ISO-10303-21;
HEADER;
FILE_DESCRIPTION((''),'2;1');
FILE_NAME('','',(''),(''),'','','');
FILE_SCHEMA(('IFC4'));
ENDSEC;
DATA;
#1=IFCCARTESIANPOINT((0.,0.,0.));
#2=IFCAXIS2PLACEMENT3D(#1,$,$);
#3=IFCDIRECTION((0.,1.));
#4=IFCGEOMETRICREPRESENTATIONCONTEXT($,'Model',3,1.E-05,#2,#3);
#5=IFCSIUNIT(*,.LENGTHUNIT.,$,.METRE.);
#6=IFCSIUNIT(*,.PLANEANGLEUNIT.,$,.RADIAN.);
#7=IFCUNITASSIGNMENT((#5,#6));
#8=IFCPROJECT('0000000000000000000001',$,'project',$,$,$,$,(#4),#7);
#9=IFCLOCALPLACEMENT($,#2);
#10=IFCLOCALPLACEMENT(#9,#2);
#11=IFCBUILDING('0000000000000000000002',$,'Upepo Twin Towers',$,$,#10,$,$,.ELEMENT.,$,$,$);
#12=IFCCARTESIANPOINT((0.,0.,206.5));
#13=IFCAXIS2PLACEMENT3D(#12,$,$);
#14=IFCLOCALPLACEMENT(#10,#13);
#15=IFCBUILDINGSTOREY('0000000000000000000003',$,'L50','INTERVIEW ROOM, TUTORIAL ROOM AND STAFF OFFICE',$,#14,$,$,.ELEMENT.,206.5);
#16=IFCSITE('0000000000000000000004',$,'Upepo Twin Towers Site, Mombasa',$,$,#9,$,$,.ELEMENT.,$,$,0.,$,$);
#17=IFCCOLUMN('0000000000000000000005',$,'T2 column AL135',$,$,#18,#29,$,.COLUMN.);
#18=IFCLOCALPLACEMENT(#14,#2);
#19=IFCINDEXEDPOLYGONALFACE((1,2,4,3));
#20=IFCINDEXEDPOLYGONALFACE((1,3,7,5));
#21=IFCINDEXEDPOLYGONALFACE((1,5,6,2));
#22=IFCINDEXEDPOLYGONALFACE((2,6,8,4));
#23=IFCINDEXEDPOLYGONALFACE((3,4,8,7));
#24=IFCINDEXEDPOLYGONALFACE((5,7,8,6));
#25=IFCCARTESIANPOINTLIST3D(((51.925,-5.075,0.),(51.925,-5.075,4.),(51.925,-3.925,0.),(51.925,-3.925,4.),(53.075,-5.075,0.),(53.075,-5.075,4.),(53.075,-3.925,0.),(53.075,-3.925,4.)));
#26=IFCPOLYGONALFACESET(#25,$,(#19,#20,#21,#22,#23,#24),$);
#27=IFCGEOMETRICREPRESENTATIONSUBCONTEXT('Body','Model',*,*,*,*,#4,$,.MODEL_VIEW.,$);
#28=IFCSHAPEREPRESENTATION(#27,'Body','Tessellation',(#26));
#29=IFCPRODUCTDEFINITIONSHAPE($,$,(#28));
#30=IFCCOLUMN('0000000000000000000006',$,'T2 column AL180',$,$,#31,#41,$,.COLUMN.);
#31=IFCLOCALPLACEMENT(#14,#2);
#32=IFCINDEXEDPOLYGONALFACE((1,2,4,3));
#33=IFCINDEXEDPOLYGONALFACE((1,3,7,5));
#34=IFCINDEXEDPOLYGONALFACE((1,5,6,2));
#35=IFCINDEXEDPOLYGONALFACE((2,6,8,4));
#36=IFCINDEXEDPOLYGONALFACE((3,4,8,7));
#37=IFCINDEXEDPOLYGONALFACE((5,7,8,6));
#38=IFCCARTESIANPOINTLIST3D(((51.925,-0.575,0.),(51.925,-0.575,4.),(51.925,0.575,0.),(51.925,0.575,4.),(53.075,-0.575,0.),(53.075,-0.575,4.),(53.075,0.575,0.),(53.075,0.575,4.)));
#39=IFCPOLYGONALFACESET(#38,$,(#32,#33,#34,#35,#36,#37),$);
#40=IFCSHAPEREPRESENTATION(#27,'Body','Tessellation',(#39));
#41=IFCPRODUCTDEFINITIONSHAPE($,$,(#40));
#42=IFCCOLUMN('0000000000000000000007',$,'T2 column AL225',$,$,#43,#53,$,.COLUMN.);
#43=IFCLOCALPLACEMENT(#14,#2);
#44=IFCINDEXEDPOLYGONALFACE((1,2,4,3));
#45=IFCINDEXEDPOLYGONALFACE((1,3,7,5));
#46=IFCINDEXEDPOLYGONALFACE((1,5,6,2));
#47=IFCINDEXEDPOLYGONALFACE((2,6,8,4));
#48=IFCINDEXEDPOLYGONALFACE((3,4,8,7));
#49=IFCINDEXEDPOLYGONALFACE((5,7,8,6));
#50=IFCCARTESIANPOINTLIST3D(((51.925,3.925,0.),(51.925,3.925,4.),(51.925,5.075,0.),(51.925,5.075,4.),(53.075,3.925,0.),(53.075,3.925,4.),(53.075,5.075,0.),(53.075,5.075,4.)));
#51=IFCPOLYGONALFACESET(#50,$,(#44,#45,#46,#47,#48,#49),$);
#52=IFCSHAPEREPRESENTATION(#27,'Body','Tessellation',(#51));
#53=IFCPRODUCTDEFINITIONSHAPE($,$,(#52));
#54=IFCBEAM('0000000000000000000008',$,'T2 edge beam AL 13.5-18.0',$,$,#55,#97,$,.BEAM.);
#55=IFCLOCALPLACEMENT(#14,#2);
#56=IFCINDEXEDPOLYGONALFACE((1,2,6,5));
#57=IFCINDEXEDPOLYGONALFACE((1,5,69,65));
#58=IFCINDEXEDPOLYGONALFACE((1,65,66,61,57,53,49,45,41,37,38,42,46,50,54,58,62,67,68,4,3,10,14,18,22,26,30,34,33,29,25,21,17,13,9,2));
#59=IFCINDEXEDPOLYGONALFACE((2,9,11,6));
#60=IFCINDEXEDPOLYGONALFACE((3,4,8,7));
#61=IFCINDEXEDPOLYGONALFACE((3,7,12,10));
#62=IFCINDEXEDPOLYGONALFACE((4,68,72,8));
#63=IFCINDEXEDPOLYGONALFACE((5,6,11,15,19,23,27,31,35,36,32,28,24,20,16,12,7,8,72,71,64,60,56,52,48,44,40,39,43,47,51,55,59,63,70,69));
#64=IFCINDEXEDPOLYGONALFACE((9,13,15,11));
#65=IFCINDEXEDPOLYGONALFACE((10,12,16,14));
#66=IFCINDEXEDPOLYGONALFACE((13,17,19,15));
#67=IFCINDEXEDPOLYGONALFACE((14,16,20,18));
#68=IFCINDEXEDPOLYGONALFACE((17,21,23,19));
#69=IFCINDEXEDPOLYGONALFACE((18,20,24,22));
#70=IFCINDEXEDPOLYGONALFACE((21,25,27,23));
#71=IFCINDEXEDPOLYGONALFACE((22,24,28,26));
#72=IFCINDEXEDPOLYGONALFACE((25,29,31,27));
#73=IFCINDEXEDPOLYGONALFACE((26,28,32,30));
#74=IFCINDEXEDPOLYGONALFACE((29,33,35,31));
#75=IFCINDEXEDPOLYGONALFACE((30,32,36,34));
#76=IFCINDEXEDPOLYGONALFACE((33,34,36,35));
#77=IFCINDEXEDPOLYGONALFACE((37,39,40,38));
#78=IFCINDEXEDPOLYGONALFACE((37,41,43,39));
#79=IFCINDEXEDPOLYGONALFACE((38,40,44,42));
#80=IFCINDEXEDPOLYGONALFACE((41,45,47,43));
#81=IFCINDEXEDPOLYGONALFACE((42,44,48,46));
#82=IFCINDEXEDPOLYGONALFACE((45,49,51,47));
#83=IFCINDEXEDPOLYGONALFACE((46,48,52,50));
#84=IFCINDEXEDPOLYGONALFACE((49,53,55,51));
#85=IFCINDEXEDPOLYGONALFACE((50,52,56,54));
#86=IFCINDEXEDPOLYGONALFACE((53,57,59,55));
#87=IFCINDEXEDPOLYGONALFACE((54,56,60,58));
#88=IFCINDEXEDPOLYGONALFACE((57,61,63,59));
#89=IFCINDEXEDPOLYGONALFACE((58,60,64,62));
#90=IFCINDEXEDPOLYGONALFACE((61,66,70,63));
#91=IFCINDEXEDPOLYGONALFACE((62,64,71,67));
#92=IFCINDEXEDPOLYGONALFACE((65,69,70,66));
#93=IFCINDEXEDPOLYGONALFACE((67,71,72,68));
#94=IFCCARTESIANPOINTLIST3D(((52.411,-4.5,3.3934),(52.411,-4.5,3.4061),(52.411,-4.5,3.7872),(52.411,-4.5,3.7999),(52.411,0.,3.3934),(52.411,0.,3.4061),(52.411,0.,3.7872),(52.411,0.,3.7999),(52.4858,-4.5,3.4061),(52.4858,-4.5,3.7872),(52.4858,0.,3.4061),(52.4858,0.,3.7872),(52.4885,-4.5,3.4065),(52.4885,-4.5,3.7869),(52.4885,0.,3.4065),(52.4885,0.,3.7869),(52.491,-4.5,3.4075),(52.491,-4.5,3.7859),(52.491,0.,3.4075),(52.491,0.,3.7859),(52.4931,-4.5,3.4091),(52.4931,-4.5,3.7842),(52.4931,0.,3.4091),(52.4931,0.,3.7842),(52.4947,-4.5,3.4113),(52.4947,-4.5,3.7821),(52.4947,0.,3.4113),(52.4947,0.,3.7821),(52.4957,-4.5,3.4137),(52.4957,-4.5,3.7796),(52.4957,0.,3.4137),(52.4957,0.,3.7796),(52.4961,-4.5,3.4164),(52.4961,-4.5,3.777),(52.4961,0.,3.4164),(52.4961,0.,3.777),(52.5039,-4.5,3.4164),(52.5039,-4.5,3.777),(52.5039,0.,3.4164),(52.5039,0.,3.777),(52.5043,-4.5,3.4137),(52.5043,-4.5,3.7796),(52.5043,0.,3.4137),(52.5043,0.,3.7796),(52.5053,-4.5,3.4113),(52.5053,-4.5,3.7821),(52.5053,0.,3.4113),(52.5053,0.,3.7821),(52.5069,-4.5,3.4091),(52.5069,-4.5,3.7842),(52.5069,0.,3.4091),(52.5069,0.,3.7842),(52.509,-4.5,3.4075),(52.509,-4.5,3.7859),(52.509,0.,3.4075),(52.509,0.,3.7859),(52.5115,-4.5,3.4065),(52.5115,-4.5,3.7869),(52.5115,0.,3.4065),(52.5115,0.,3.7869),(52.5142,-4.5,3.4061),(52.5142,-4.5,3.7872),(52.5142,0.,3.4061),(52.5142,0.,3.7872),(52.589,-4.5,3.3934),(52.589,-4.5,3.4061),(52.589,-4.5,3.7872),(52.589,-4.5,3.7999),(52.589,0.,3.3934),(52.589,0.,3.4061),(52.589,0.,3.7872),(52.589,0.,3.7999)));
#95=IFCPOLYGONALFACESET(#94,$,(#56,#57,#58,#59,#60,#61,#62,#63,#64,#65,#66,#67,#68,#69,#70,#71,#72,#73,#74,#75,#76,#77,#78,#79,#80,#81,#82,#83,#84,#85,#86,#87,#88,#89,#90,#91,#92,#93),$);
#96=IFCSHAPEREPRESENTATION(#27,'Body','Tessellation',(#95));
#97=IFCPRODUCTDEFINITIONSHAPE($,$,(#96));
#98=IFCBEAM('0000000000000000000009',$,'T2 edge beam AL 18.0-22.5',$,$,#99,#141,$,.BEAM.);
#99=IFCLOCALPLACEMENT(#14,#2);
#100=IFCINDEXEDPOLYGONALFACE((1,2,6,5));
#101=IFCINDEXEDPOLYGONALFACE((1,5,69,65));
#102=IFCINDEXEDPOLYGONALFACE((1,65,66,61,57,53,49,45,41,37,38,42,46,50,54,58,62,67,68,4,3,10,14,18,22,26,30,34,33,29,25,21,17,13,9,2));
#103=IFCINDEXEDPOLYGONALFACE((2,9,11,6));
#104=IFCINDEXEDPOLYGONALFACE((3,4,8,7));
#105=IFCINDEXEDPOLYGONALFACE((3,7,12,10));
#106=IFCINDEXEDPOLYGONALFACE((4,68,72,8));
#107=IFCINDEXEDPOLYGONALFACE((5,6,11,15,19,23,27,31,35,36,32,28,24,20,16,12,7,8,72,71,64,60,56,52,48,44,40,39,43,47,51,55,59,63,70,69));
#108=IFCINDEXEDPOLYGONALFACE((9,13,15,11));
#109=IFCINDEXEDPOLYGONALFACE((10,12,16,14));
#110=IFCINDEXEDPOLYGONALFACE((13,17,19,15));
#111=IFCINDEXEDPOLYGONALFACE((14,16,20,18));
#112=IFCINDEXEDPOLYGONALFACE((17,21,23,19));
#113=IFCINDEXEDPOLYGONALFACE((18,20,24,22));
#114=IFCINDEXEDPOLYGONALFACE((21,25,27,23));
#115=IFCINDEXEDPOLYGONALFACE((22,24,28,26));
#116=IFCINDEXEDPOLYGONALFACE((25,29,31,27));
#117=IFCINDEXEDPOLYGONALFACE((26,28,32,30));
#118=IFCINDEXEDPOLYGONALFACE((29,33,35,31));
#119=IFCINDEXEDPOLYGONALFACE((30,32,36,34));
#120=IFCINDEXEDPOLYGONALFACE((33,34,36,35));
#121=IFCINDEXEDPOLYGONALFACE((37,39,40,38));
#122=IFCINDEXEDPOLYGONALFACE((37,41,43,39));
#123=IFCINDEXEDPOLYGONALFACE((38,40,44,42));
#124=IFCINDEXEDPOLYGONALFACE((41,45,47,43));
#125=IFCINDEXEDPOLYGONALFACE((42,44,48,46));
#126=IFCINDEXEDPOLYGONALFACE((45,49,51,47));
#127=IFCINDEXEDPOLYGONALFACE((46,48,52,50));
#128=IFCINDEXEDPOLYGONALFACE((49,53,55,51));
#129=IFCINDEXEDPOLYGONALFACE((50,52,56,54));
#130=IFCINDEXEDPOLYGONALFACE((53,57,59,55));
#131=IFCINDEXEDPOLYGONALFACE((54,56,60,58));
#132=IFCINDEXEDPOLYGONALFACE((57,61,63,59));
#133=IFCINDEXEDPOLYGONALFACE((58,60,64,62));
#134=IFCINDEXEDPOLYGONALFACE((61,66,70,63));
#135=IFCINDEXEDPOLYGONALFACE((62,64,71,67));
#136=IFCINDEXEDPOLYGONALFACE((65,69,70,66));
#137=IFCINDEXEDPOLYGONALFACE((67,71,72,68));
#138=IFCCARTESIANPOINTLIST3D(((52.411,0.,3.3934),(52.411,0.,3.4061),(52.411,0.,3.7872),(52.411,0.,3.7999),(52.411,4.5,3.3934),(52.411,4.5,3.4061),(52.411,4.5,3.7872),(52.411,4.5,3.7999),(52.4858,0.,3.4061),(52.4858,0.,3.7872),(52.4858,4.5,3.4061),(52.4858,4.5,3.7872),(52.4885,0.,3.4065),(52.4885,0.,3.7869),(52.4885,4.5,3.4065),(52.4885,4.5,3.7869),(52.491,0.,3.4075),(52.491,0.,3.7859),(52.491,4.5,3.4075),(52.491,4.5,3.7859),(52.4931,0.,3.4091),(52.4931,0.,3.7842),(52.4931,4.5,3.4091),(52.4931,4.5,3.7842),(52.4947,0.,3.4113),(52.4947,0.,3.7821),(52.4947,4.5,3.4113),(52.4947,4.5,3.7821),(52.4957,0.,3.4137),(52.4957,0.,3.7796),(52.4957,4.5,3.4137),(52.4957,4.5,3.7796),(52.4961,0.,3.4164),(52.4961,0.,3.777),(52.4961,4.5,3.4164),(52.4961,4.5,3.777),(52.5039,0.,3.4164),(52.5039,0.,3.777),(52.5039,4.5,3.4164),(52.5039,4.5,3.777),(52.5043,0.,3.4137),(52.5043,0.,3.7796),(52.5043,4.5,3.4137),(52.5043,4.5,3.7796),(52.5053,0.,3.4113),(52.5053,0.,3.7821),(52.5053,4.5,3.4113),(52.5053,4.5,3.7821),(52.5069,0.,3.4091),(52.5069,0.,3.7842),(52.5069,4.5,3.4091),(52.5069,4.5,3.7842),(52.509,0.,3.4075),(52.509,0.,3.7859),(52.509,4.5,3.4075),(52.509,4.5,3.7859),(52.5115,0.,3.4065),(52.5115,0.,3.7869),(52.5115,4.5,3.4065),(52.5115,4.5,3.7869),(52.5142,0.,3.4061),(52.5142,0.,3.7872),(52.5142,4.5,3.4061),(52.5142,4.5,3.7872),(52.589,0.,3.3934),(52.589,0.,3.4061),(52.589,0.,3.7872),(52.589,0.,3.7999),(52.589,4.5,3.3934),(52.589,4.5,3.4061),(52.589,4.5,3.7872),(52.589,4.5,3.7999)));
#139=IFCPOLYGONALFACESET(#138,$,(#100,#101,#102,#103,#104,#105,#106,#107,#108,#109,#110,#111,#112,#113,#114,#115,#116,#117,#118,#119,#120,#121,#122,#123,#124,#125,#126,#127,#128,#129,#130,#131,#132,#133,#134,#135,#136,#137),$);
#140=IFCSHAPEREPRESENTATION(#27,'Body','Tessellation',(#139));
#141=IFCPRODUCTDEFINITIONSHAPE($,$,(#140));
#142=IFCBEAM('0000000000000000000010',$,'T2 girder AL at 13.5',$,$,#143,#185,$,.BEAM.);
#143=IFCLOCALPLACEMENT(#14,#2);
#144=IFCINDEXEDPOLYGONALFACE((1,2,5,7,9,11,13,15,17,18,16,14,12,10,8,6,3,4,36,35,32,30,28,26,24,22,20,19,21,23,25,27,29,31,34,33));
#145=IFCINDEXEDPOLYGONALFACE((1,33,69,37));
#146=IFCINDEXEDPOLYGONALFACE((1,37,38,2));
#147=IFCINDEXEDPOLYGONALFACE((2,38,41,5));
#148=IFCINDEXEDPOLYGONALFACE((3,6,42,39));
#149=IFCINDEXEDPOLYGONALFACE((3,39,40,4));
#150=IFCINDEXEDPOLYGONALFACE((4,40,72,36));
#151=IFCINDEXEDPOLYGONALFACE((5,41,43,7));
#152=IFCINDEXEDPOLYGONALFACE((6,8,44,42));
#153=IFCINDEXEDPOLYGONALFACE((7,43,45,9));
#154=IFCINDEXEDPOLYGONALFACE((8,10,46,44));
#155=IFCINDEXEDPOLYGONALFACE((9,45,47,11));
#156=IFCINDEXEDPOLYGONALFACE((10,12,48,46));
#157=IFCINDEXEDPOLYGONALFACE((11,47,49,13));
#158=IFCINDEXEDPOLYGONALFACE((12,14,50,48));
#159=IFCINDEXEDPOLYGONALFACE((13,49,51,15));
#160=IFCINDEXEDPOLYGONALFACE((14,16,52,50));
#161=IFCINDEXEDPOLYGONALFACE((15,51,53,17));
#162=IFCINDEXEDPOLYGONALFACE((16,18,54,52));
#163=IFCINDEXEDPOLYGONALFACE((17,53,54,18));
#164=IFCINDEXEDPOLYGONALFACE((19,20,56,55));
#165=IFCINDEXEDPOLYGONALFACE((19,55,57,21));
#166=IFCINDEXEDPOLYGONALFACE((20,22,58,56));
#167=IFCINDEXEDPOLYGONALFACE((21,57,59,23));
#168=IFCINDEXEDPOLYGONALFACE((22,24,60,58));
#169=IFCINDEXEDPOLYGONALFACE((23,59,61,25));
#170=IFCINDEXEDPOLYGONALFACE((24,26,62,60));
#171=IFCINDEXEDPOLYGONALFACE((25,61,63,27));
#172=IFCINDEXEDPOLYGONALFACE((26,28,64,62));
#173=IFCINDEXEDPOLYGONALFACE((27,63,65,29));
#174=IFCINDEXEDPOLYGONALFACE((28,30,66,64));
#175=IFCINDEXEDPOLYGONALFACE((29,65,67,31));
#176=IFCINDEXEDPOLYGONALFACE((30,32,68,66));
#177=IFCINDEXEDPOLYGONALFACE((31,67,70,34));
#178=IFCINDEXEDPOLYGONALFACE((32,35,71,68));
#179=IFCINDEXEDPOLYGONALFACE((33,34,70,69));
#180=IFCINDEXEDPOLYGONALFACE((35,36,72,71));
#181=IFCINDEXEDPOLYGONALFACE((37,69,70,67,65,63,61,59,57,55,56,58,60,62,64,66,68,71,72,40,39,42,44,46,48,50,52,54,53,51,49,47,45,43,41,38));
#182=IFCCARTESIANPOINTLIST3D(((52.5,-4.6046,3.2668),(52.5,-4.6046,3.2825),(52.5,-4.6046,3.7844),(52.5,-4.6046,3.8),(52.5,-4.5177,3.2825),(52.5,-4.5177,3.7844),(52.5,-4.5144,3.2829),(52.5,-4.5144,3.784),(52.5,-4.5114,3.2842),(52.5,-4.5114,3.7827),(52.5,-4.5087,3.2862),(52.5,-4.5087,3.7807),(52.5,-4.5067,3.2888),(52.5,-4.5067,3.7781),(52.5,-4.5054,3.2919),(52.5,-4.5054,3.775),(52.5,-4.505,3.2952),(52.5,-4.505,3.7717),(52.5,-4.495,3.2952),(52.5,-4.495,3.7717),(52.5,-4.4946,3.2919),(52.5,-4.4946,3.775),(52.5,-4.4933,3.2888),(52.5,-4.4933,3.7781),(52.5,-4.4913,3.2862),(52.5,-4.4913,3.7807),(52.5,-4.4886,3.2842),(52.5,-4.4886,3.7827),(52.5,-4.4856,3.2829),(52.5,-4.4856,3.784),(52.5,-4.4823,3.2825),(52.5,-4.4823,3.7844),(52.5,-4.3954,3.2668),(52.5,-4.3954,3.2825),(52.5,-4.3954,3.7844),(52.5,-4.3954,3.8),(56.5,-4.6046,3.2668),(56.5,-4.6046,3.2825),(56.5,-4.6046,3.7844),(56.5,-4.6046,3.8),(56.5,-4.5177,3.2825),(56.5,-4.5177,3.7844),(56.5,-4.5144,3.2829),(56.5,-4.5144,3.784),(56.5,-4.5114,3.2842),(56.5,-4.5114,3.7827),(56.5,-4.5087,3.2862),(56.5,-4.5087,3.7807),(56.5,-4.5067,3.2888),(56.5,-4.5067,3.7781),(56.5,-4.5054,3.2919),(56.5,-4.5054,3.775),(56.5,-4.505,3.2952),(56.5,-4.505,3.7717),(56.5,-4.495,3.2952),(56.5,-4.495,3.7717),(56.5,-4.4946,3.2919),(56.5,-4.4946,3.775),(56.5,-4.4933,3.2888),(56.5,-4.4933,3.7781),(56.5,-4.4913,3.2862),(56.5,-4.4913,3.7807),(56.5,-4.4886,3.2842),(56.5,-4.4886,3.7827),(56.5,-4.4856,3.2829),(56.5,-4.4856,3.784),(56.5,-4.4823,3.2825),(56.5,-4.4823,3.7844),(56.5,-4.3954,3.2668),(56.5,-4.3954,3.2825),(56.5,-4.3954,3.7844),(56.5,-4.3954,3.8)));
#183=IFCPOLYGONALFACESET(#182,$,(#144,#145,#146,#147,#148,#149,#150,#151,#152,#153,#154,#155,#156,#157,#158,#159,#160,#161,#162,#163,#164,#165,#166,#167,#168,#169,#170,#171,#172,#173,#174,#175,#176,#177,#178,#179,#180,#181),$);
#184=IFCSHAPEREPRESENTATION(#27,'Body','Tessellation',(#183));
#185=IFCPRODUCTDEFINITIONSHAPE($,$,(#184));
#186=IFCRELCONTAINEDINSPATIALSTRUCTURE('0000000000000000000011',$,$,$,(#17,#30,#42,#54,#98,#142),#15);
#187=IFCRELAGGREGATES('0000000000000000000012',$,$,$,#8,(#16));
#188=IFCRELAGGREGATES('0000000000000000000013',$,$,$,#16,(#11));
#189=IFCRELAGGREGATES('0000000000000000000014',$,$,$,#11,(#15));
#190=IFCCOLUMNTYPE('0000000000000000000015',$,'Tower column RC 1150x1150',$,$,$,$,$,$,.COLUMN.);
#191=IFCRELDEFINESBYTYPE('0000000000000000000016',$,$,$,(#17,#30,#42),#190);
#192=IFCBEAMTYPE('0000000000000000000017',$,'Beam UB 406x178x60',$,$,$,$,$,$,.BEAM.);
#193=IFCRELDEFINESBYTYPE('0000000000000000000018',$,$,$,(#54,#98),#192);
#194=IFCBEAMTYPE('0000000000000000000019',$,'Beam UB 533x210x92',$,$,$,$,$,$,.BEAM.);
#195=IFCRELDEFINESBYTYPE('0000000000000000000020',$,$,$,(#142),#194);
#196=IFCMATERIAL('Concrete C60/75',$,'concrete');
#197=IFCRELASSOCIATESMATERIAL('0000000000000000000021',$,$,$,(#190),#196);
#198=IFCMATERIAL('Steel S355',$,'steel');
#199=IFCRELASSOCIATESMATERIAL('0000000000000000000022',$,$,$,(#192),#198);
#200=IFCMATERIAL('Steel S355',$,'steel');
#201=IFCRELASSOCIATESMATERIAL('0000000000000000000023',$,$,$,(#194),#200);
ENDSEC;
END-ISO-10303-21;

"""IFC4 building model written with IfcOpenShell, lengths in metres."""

from ifc_helpers import new_model, si_unit, direction, frame, origin, origin_2d, place, context, subcontext, project, spatial, rectangle, i_section, extrude, material, material_profile, profile_set, type_object, element, save


model = new_model("IFC4")

# Units and contexts
model_context = context("Model", 3, precision=1e-05, world=origin(), true_north=direction((0.0, 1.0)))
body_context = subcontext(model_context, "Body", "Model", "MODEL_VIEW")
ifc_project = project(units=[si_unit("LENGTHUNIT", "METRE"), si_unit("PLANEANGLEUNIT", "RADIAN")], contexts=[model_context])

# Site, building, storey
site_placement = place(None, origin())
site = spatial("IfcSite", under=ifc_project, at=site_placement, Name="Upepo Twin Towers Site, Mombasa", CompositionType="ELEMENT", RefElevation=0.0)
building_placement = place(site_placement, origin())
building = spatial("IfcBuilding", under=site, at=building_placement, Name="Upepo Twin Towers", CompositionType="ELEMENT")
storey_placement = place(building_placement, frame((0.0, 0.0, 206.5)))
storey = spatial("IfcBuildingStorey", under=building, at=storey_placement, Name="L50", Description="INTERVIEW ROOM, TUTORIAL ROOM AND STAFF OFFICE", CompositionType="ELEMENT", Elevation=206.5)

# Columns
ifc_material_1 = material(Name="Concrete C60/75", Category="concrete")
ifc_material_profile_1 = material_profile(ifc_material_1, rectangle(XDim=1.1499, YDim=1.1499, at=origin_2d()), Name="RC 1150x1150")
ifc_profile_set_1 = profile_set([ifc_material_profile_1], Name="Concrete C60/75")
column_type = type_object("IfcColumnType", Name="Tower column RC 1150x1150", PredefinedType="COLUMN", material=ifc_profile_set_1)
for number, where, z_axis, x_axis, name in (
    (1, (52.5, -4.5, 0.0), (0.0, 0.0, 1.0), (1.0, 0.0, 0.0), "T2 column AL135"),
    (2, (52.5, 0.0, 0.0), (0.0, 0.0, 1.0), (1.0, 0.0, 0.0), "T2 column AL180"),
    (3, (52.5, 4.5, 0.0), (0.0, 0.0, 1.0), (1.0, 0.0, 0.0), "T2 column AL225"),
):
    element("IfcColumn", number, at=place(storey_placement, frame(where, z_axis=z_axis, x_axis=x_axis)), inside=storey, type_object=column_type, Name=name, PredefinedType="COLUMN", context=body_context, shape_type="SweptSolid", body=[
        extrude(rectangle(XDim=1.1499, YDim=1.1499, at=origin_2d()), origin(), (0.0, 0.0, 1.0), 4.0),
    ])

# Beams
ifc_material_2 = material(Name="Steel S355", Category="steel")
ifc_material_profile_2 = material_profile(ifc_material_2, i_section(OverallWidth=0.178, OverallDepth=0.4065, WebThickness=0.0078, FlangeThickness=0.0127, FilletRadius=0.0103, at=origin_2d()), Name="UB 406x178x60")
ifc_profile_set_2 = profile_set([ifc_material_profile_2], Name="Steel S355")
beam_type_1 = type_object("IfcBeamType", Name="Beam UB 406x178x60", PredefinedType="BEAM", material=ifc_profile_set_2)
for number, where, z_axis, x_axis, name in (
    (4, (52.5, -4.5, 3.5967), (0.0, 1.0, 0.0), (-1.0, 0.0, 0.0), "T2 edge beam AL 13.5-18.0"),
    (5, (52.5, 0.0, 3.5967), (0.0, 1.0, 0.0), (-1.0, 0.0, 0.0), "T2 edge beam AL 18.0-22.5"),
):
    element("IfcBeam", number, at=place(storey_placement, frame(where, z_axis=z_axis, x_axis=x_axis)), inside=storey, type_object=beam_type_1, Name=name, PredefinedType="BEAM", context=body_context, shape_type="SweptSolid", body=[
        extrude(i_section(OverallWidth=0.178, OverallDepth=0.4065, WebThickness=0.0078, FlangeThickness=0.0127, FilletRadius=0.0103, at=origin_2d()), origin(), (0.0, 0.0, 1.0), 4.5),
    ])
ifc_material_3 = material(Name="Steel S355", Category="steel")
ifc_material_profile_3 = material_profile(ifc_material_3, i_section(OverallWidth=0.2092, OverallDepth=0.5332, WebThickness=0.01, FlangeThickness=0.0156, FilletRadius=0.0127, at=origin_2d()), Name="UB 533x210x92")
ifc_profile_set_3 = profile_set([ifc_material_profile_3], Name="Steel S355")
beam_type_2 = type_object("IfcBeamType", Name="Beam UB 533x210x92", PredefinedType="BEAM", material=ifc_profile_set_3)
for number, where, z_axis, x_axis, name in (
    (6, (52.5, -4.5, 3.5334), (1.0, 0.0, 0.0), (0.0, 1.0, 0.0), "T2 girder AL at 13.5"),
):
    element("IfcBeam", number, at=place(storey_placement, frame(where, z_axis=z_axis, x_axis=x_axis)), inside=storey, type_object=beam_type_2, Name=name, PredefinedType="BEAM", context=body_context, shape_type="SweptSolid", body=[
        extrude(i_section(OverallWidth=0.2092, OverallDepth=0.5332, WebThickness=0.01, FlangeThickness=0.0156, FilletRadius=0.0127, at=origin_2d()), origin(), (0.0, 0.0, 1.0), 4.0),
    ])

save(model, "model.ifc")
